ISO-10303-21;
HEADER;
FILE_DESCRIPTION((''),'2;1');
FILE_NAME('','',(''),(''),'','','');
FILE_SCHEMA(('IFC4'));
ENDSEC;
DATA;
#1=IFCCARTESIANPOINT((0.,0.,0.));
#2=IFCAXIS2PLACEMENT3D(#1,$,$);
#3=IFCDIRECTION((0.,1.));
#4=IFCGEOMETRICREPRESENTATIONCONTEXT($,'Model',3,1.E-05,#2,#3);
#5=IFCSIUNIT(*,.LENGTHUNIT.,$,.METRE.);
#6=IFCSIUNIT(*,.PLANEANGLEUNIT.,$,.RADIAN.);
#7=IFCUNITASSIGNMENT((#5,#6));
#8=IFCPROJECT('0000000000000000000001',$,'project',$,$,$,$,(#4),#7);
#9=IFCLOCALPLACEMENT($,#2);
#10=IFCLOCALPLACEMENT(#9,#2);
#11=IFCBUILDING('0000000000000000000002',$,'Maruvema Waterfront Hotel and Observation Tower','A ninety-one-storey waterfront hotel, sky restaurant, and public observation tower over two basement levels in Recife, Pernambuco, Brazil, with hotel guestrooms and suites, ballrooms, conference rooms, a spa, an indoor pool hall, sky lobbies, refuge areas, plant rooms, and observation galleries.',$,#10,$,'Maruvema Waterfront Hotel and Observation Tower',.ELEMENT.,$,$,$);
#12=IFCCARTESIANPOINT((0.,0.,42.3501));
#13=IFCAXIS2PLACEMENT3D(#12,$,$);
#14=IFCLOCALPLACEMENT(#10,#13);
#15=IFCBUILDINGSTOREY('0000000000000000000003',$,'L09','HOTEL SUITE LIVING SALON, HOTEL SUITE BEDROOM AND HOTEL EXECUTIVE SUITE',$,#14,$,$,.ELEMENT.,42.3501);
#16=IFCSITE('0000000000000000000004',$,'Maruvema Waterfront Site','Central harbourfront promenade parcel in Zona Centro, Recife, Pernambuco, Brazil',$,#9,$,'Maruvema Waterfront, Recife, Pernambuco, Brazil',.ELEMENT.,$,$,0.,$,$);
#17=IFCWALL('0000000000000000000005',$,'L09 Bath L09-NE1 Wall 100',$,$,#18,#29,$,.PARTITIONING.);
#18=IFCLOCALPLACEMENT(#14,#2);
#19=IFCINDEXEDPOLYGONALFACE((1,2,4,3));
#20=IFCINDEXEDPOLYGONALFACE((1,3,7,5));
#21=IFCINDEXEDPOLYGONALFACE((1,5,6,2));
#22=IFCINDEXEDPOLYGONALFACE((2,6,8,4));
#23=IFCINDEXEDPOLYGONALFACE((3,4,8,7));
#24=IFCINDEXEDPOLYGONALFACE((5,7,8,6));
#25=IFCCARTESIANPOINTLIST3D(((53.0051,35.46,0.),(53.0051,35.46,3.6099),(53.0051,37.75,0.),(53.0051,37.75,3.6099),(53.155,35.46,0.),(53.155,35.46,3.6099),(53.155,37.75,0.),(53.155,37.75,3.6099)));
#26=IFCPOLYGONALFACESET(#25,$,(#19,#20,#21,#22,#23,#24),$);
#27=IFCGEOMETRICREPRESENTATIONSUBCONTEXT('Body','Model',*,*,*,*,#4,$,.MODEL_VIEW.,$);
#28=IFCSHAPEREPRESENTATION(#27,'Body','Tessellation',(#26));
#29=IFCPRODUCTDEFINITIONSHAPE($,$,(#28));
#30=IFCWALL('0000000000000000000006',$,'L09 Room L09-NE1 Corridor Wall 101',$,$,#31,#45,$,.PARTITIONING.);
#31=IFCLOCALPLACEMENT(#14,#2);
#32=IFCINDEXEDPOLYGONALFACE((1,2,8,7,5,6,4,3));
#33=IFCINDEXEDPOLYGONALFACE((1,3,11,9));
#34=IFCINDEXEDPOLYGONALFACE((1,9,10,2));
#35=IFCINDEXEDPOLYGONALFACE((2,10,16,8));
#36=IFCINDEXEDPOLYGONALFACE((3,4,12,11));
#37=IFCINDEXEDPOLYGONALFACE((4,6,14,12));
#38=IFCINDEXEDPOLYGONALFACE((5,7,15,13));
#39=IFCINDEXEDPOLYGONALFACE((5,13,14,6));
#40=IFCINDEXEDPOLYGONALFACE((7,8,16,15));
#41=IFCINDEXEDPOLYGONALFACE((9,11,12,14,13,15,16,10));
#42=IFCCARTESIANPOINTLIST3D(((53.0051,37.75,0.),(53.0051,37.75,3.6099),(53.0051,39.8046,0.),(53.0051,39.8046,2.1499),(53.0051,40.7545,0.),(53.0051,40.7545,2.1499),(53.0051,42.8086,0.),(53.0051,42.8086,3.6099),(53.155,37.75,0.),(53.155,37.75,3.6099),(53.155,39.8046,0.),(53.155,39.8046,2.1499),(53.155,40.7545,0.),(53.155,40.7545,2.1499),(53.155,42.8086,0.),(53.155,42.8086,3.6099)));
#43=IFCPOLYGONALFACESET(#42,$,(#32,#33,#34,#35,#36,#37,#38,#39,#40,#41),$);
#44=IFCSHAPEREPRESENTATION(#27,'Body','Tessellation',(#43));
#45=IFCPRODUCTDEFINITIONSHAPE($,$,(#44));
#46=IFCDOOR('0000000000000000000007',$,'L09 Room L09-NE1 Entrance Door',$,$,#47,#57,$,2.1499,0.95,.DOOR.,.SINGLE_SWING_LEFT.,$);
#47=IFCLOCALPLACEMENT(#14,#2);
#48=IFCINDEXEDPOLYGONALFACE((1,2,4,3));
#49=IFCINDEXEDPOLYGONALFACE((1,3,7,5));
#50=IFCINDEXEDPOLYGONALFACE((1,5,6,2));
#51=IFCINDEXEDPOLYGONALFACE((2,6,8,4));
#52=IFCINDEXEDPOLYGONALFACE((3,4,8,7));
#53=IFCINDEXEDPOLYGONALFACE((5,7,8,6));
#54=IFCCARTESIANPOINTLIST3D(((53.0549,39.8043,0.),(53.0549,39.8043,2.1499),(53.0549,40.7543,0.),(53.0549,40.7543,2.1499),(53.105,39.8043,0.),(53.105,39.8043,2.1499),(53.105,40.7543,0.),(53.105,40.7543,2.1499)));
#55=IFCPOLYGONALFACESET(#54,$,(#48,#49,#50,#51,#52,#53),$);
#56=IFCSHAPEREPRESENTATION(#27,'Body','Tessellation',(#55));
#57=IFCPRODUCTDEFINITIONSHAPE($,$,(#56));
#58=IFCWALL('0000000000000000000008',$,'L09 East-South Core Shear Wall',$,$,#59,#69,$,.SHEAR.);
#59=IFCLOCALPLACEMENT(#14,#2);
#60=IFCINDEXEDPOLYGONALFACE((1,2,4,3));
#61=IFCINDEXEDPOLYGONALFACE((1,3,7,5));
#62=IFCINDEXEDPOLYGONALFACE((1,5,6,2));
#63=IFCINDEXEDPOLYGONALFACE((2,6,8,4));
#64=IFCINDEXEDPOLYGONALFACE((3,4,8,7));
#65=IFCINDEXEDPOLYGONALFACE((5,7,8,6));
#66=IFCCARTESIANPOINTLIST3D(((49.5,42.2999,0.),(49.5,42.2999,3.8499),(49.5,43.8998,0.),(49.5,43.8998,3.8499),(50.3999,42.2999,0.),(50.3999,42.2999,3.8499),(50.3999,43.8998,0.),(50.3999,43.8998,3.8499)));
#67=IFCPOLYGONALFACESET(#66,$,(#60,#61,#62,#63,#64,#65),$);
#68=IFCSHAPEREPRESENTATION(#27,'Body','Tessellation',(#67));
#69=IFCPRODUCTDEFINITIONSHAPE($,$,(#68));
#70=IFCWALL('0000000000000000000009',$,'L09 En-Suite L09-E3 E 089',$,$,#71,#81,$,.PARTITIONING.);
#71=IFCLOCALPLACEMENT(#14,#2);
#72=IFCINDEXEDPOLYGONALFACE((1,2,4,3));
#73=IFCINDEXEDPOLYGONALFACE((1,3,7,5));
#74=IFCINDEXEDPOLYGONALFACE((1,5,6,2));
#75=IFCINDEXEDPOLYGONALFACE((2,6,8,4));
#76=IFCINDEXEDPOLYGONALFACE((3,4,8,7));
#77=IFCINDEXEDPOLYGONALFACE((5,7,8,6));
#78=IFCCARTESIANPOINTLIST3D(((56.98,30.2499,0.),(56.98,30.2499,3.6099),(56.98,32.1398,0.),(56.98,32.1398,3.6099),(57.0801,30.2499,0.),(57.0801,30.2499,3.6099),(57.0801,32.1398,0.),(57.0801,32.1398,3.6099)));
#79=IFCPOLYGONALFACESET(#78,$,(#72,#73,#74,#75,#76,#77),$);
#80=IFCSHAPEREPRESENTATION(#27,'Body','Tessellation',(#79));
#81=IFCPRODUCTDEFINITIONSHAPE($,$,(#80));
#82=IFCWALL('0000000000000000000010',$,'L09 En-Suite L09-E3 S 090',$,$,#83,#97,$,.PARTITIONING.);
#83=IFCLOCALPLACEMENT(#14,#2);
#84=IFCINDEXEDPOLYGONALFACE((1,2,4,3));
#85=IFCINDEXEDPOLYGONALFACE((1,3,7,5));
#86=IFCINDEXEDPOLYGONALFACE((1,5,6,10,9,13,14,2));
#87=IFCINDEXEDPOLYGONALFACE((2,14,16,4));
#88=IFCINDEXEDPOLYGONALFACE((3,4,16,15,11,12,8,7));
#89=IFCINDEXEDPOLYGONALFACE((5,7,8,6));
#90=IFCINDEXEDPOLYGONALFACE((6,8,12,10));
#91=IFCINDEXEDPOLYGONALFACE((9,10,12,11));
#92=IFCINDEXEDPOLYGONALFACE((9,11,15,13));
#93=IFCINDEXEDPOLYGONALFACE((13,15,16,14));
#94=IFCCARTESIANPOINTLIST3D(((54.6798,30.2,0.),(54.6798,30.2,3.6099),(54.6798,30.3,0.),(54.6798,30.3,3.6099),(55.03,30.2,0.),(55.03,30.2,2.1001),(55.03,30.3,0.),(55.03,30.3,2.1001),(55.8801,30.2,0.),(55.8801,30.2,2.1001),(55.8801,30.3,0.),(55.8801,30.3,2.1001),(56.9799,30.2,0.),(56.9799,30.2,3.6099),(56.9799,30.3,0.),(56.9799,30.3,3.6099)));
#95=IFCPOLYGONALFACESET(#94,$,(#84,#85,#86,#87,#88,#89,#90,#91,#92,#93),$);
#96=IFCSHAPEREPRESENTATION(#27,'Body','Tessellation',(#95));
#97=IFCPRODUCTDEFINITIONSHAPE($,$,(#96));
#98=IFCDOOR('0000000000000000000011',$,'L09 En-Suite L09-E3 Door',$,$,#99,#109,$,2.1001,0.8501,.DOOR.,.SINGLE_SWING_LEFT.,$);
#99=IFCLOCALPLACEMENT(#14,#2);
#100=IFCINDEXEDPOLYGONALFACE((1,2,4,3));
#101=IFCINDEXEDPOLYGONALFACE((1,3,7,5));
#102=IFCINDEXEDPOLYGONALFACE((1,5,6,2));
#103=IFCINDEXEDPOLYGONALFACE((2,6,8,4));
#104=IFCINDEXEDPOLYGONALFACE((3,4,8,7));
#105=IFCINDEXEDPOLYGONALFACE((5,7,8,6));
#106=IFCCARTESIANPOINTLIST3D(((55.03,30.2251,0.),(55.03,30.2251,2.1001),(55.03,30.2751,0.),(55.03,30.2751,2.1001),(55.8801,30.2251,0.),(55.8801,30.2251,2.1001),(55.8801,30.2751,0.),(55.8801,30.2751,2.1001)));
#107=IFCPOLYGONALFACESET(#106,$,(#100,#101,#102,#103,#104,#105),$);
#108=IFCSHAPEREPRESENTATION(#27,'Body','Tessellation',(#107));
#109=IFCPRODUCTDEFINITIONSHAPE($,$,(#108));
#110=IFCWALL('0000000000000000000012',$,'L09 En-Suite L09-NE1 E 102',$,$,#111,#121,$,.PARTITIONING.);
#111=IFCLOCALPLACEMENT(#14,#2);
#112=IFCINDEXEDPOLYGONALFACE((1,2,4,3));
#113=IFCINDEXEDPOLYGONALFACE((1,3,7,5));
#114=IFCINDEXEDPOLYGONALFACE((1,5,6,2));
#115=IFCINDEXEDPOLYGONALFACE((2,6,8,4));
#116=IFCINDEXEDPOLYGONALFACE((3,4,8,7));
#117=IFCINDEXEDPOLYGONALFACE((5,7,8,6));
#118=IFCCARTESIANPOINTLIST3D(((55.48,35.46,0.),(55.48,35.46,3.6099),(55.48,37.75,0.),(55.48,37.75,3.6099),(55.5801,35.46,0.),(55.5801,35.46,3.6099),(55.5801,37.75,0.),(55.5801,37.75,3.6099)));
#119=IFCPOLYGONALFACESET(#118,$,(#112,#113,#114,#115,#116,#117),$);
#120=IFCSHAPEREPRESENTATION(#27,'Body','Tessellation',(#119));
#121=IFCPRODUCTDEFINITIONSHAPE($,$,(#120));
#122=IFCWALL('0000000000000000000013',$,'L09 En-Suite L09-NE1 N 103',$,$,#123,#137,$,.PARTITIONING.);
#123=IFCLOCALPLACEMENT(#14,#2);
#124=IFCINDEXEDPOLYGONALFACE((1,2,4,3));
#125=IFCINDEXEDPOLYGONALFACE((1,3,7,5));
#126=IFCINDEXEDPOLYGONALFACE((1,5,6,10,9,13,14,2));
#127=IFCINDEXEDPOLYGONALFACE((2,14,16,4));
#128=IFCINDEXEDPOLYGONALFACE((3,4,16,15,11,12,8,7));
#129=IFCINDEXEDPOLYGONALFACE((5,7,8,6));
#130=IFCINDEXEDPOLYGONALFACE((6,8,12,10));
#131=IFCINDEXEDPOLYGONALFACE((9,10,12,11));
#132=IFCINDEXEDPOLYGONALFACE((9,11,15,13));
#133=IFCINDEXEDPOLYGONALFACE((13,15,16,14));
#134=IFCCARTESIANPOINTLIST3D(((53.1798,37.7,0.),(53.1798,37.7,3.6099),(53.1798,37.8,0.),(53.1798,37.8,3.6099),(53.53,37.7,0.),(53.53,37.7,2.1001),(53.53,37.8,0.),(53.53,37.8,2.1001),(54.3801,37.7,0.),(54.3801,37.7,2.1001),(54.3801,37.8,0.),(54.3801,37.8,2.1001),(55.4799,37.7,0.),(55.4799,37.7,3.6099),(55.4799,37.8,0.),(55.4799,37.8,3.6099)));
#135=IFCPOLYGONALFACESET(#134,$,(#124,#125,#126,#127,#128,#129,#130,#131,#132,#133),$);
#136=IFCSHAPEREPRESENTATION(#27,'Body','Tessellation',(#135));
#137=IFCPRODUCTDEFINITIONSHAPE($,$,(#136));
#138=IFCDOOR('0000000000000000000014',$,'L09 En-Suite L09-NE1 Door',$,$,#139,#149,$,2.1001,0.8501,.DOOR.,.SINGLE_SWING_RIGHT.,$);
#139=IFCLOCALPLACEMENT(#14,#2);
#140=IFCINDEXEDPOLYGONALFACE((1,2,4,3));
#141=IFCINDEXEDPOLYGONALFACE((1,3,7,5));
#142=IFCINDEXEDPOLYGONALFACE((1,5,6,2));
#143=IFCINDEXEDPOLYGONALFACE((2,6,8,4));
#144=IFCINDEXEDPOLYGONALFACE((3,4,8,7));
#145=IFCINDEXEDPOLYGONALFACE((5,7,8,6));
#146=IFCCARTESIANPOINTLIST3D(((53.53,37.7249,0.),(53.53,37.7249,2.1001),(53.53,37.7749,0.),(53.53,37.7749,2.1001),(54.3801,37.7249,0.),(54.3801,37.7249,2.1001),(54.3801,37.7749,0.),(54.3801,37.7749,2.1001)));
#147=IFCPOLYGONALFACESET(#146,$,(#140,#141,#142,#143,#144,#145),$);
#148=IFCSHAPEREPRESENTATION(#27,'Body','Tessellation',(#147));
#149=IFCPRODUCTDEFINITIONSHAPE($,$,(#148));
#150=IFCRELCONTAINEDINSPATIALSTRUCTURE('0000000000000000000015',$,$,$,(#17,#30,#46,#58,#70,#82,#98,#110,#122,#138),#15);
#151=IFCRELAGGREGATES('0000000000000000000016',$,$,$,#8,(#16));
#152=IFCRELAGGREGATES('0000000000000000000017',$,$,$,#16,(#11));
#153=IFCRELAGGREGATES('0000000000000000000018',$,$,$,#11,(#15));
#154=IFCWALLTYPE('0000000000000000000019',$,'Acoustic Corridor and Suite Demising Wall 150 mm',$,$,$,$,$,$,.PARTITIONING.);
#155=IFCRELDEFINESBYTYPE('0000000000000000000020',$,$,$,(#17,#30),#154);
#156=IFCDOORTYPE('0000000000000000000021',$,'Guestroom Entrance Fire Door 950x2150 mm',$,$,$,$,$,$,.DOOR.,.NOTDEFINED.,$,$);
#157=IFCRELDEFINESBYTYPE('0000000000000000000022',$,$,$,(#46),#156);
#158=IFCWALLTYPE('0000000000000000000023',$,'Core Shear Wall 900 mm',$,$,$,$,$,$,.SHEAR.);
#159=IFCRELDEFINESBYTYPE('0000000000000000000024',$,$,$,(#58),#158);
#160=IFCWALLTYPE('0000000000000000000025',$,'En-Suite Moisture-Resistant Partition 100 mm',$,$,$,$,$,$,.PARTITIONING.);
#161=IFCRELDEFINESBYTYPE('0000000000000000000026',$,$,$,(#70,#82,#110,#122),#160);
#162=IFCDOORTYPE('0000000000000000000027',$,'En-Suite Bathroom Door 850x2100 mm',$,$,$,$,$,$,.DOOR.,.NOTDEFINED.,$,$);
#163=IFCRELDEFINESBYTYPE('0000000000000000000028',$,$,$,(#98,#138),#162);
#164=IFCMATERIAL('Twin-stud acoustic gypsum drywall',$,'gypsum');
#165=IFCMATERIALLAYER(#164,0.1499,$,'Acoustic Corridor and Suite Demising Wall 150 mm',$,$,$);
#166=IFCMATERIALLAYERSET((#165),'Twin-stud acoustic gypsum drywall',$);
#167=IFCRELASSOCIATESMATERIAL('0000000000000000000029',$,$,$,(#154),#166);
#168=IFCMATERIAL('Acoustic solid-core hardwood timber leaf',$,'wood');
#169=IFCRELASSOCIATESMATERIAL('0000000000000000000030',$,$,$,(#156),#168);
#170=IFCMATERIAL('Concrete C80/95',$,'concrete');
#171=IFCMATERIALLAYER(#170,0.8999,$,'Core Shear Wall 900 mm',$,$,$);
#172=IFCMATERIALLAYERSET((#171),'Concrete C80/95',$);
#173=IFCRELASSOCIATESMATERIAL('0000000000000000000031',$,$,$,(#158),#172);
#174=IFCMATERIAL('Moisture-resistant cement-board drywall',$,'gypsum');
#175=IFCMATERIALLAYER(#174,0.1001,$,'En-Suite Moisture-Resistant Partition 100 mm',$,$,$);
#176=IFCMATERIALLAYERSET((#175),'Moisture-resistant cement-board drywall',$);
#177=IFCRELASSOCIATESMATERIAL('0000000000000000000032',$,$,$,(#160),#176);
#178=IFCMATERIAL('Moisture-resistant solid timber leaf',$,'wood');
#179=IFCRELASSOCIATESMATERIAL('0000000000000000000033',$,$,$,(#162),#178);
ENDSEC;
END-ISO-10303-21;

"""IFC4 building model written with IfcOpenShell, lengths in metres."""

from ifc_helpers import new_model, si_unit, direction, frame, frame_2d, origin, place, context, subcontext, project, spatial, rectangle, extrude, material, layer, layer_set, type_object, element, fill, save


model = new_model("IFC4")

# Units and contexts
model_context = context("Model", 3, precision=1e-05, world=origin(), true_north=direction((0.0, 1.0)))
body_context = subcontext(model_context, "Body", "Model", "MODEL_VIEW")
ifc_project = project(units=[si_unit("LENGTHUNIT", "METRE"), si_unit("PLANEANGLEUNIT", "RADIAN")], contexts=[model_context])

# Site, building, storey
site_placement = place(None, origin())
site = spatial("IfcSite", under=ifc_project, at=site_placement, Name="Maruvema Waterfront Site", Description="Central harbourfront promenade parcel in Zona Centro, Recife, Pernambuco, Brazil", LongName="Maruvema Waterfront, Recife, Pernambuco, Brazil", CompositionType="ELEMENT", RefElevation=0.0)
building_placement = place(site_placement, origin())
building = spatial("IfcBuilding", under=site, at=building_placement, Name="Maruvema Waterfront Hotel and Observation Tower", Description="A ninety-one-storey waterfront hotel, sky restaurant, and public observation tower over two basement levels in Recife, Pernambuco, Brazil, with hotel guestrooms and suites, ballrooms, conference rooms, a spa, an indoor pool hall, sky lobbies, refuge areas, plant rooms, and observation galleries.", LongName="Maruvema Waterfront Hotel and Observation Tower", CompositionType="ELEMENT")
storey_placement = place(building_placement, frame((0.0, 0.0, 42.3501)))
storey = spatial("IfcBuildingStorey", under=building, at=storey_placement, Name="L09", Description="HOTEL SUITE LIVING SALON, HOTEL SUITE BEDROOM AND HOTEL EXECUTIVE SUITE", CompositionType="ELEMENT", Elevation=42.3501)

# Wall
ifc_material_1 = material(Name="Twin-stud acoustic gypsum drywall", Category="gypsum")
ifc_layer_1 = layer(ifc_material_1, 0.1499, Name="Acoustic Corridor and Suite Demising Wall 150 mm")
ifc_layer_set_1 = layer_set([ifc_layer_1], Name="Twin-stud acoustic gypsum drywall")
wall_type_1 = type_object("IfcWallType", Name="Acoustic Corridor and Suite Demising Wall 150 mm", PredefinedType="PARTITIONING", material=ifc_layer_set_1)
wall_1_placement = place(storey_placement, frame((53.0801, 35.46, 0.0), z_axis=(0.0, 0.0, 1.0), x_axis=(0.0, 1.0, 0.0)))
element("IfcWall", 1, at=wall_1_placement, inside=storey, type_object=wall_type_1, Name="L09 Bath L09-NE1 Wall 100", PredefinedType="PARTITIONING", context=body_context, shape_type="SweptSolid", body=[
    extrude(rectangle(XDim=2.29, YDim=0.1499, at=frame_2d((1.145, 0.0))), origin(), (0.0, 0.0, 1.0), 3.6099),
])

# Wall, opening, door
wall_2_placement = place(storey_placement, frame((53.0801, 37.75, 0.0), z_axis=(0.0, 0.0, 1.0), x_axis=(0.0, 1.0, 0.0)))
wall_2 = element("IfcWall", 2, at=wall_2_placement, inside=storey, type_object=wall_type_1, Name="L09 Room L09-NE1 Corridor Wall 101", PredefinedType="PARTITIONING", context=body_context, shape_type="SweptSolid", body=[
    extrude(rectangle(XDim=5.0586, YDim=0.1499, at=frame_2d((2.5293, 0.0))), origin(), (0.0, 0.0, 1.0), 3.6099),
])
opening_1_placement = place(wall_2_placement, frame((2.0544, 0.0, 0.0)))
opening_1 = element("IfcOpeningElement", 3, at=opening_1_placement, cuts=wall_2, PredefinedType="OPENING", context=body_context, shape_type="SweptSolid", body=[
    extrude(rectangle(XDim=0.95, YDim=2.1499, at=frame_2d((0.4751, 1.075))), frame((0.0, 0.085, 0.0), z_axis=(0.0, -1.0, 0.0), x_axis=(1.0, 0.0, 0.0)), (0.0, 0.0, 1.0), 0.1699),
])
ifc_material_2 = material(Name="Acoustic solid-core hardwood timber leaf", Category="wood")
door_type_1 = type_object("IfcDoorType", Name="Guestroom Entrance Fire Door 950x2150 mm", OperationType="NOTDEFINED", PredefinedType="DOOR", material=ifc_material_2)
door_1_placement = place(opening_1_placement, frame((0.95, 0.0, 0.0), z_axis=(0.0, 0.0, 1.0), x_axis=(-1.0, 0.0, 0.0)))
door_1 = element("IfcDoor", 4, at=door_1_placement, inside=storey, type_object=door_type_1, Name="L09 Room L09-NE1 Entrance Door", OperationType="SINGLE_SWING_LEFT", OverallHeight=2.1499, OverallWidth=0.95, PredefinedType="DOOR", context=body_context, shape_type="SweptSolid", body=[
    extrude(rectangle(XDim=0.95, YDim=2.1499, at=frame_2d((0.4751, 1.075))), frame((0.0, 0.0249, 0.0), z_axis=(0.0, -1.0, 0.0), x_axis=(1.0, 0.0, 0.0)), (0.0, 0.0, 1.0), 0.05),
])
fill(opening_1, door_1)

# Walls
ifc_material_3 = material(Name="Concrete C80/95", Category="concrete")
ifc_layer_2 = layer(ifc_material_3, 0.8999, Name="Core Shear Wall 900 mm")
ifc_layer_set_2 = layer_set([ifc_layer_2], Name="Concrete C80/95")
wall_type_2 = type_object("IfcWallType", Name="Core Shear Wall 900 mm", PredefinedType="SHEAR", material=ifc_layer_set_2)
wall_3_placement = place(storey_placement, frame((49.95, 42.3, 0.0), z_axis=(0.0, 0.0, 1.0), x_axis=(0.0, 1.0, 0.0)))
element("IfcWall", 5, at=wall_3_placement, inside=storey, type_object=wall_type_2, Name="L09 East-South Core Shear Wall", PredefinedType="SHEAR", context=body_context, shape_type="SweptSolid", body=[
    extrude(rectangle(XDim=1.5999, YDim=0.8999, at=frame_2d((0.7998, 0.0))), origin(), (0.0, 0.0, 1.0), 3.8499),
])
ifc_material_4 = material(Name="Moisture-resistant cement-board drywall", Category="gypsum")
ifc_layer_3 = layer(ifc_material_4, 0.1001, Name="En-Suite Moisture-Resistant Partition 100 mm")
ifc_layer_set_3 = layer_set([ifc_layer_3], Name="Moisture-resistant cement-board drywall")
wall_type_3 = type_object("IfcWallType", Name="En-Suite Moisture-Resistant Partition 100 mm", PredefinedType="PARTITIONING", material=ifc_layer_set_3)
wall_4_placement = place(storey_placement, frame((57.03, 30.25, 0.0), z_axis=(0.0, 0.0, 1.0), x_axis=(0.0, 1.0, 0.0)))
element("IfcWall", 6, at=wall_4_placement, inside=storey, type_object=wall_type_3, Name="L09 En-Suite L09-E3 E 089", PredefinedType="PARTITIONING", context=body_context, shape_type="SweptSolid", body=[
    extrude(rectangle(XDim=1.8899, YDim=0.1001, at=frame_2d((0.9448, 0.0))), origin(), (0.0, 0.0, 1.0), 3.6099),
])

# Wall, opening, door
wall_5_placement = place(storey_placement, frame((54.6799, 30.25, 0.0), z_axis=(0.0, 0.0, 1.0), x_axis=(1.0, 0.0, 0.0)))
wall_5 = element("IfcWall", 7, at=wall_5_placement, inside=storey, type_object=wall_type_3, Name="L09 En-Suite L09-E3 S 090", PredefinedType="PARTITIONING", context=body_context, shape_type="SweptSolid", body=[
    extrude(rectangle(XDim=2.3, YDim=0.1001, at=frame_2d((1.1499, 0.0))), origin(), (0.0, 0.0, 1.0), 3.6099),
])
opening_2_placement = place(wall_5_placement, frame((0.3501, 0.0, 0.0)))
opening_2 = element("IfcOpeningElement", 8, at=opening_2_placement, cuts=wall_5, PredefinedType="OPENING", context=body_context, shape_type="SweptSolid", body=[
    extrude(rectangle(XDim=0.8501, YDim=2.1001, at=frame_2d((0.425, 1.05))), frame((0.0, 0.0601, 0.0), z_axis=(0.0, -1.0, 0.0), x_axis=(1.0, 0.0, 0.0)), (0.0, 0.0, 1.0), 0.1201),
])
ifc_material_5 = material(Name="Moisture-resistant solid timber leaf", Category="wood")
door_type_2 = type_object("IfcDoorType", Name="En-Suite Bathroom Door 850x2100 mm", OperationType="NOTDEFINED", PredefinedType="DOOR", material=ifc_material_5)
door_2_placement = place(opening_2_placement, frame((0.8501, 0.0, 0.0), z_axis=(0.0, 0.0, 1.0), x_axis=(-1.0, 0.0, 0.0)))
door_2 = element("IfcDoor", 9, at=door_2_placement, inside=storey, type_object=door_type_2, Name="L09 En-Suite L09-E3 Door", OperationType="SINGLE_SWING_LEFT", OverallHeight=2.1001, OverallWidth=0.8501, PredefinedType="DOOR", context=body_context, shape_type="SweptSolid", body=[
    extrude(rectangle(XDim=0.8501, YDim=2.1001, at=frame_2d((0.425, 1.05))), frame((0.0, 0.0249, 0.0), z_axis=(0.0, -1.0, 0.0), x_axis=(1.0, 0.0, 0.0)), (0.0, 0.0, 1.0), 0.05),
])
fill(opening_2, door_2)

# Wall
wall_6_placement = place(storey_placement, frame((55.53, 35.46, 0.0), z_axis=(0.0, 0.0, 1.0), x_axis=(0.0, 1.0, 0.0)))
element("IfcWall", 10, at=wall_6_placement, inside=storey, type_object=wall_type_3, Name="L09 En-Suite L09-NE1 E 102", PredefinedType="PARTITIONING", context=body_context, shape_type="SweptSolid", body=[
    extrude(rectangle(XDim=2.29, YDim=0.1001, at=frame_2d((1.145, 0.0))), origin(), (0.0, 0.0, 1.0), 3.6099),
])

# Wall, opening, door
wall_7_placement = place(storey_placement, frame((53.1799, 37.75, 0.0), z_axis=(0.0, 0.0, 1.0), x_axis=(1.0, 0.0, 0.0)))
wall_7 = element("IfcWall", 11, at=wall_7_placement, inside=storey, type_object=wall_type_3, Name="L09 En-Suite L09-NE1 N 103", PredefinedType="PARTITIONING", context=body_context, shape_type="SweptSolid", body=[
    extrude(rectangle(XDim=2.3, YDim=0.1001, at=frame_2d((1.1499, 0.0))), origin(), (0.0, 0.0, 1.0), 3.6099),
])
opening_3_placement = place(wall_7_placement, frame((0.3501, 0.0, 0.0)))
opening_3 = element("IfcOpeningElement", 12, at=opening_3_placement, cuts=wall_7, PredefinedType="OPENING", context=body_context, shape_type="SweptSolid", body=[
    extrude(rectangle(XDim=0.8501, YDim=2.1001, at=frame_2d((0.425, 1.05))), frame((0.0, 0.0601, 0.0), z_axis=(0.0, -1.0, 0.0), x_axis=(1.0, 0.0, 0.0)), (0.0, 0.0, 1.0), 0.1201),
])
door_3_placement = place(opening_3_placement, origin())
door_3 = element("IfcDoor", 13, at=door_3_placement, inside=storey, type_object=door_type_2, Name="L09 En-Suite L09-NE1 Door", OperationType="SINGLE_SWING_RIGHT", OverallHeight=2.1001, OverallWidth=0.8501, PredefinedType="DOOR", context=body_context, shape_type="SweptSolid", body=[
    extrude(rectangle(XDim=0.8501, YDim=2.1001, at=frame_2d((0.425, 1.05))), frame((0.0, 0.0249, 0.0), z_axis=(0.0, -1.0, 0.0), x_axis=(1.0, 0.0, 0.0)), (0.0, 0.0, 1.0), 0.05),
])
fill(opening_3, door_3)

save(model, "model.ifc")
